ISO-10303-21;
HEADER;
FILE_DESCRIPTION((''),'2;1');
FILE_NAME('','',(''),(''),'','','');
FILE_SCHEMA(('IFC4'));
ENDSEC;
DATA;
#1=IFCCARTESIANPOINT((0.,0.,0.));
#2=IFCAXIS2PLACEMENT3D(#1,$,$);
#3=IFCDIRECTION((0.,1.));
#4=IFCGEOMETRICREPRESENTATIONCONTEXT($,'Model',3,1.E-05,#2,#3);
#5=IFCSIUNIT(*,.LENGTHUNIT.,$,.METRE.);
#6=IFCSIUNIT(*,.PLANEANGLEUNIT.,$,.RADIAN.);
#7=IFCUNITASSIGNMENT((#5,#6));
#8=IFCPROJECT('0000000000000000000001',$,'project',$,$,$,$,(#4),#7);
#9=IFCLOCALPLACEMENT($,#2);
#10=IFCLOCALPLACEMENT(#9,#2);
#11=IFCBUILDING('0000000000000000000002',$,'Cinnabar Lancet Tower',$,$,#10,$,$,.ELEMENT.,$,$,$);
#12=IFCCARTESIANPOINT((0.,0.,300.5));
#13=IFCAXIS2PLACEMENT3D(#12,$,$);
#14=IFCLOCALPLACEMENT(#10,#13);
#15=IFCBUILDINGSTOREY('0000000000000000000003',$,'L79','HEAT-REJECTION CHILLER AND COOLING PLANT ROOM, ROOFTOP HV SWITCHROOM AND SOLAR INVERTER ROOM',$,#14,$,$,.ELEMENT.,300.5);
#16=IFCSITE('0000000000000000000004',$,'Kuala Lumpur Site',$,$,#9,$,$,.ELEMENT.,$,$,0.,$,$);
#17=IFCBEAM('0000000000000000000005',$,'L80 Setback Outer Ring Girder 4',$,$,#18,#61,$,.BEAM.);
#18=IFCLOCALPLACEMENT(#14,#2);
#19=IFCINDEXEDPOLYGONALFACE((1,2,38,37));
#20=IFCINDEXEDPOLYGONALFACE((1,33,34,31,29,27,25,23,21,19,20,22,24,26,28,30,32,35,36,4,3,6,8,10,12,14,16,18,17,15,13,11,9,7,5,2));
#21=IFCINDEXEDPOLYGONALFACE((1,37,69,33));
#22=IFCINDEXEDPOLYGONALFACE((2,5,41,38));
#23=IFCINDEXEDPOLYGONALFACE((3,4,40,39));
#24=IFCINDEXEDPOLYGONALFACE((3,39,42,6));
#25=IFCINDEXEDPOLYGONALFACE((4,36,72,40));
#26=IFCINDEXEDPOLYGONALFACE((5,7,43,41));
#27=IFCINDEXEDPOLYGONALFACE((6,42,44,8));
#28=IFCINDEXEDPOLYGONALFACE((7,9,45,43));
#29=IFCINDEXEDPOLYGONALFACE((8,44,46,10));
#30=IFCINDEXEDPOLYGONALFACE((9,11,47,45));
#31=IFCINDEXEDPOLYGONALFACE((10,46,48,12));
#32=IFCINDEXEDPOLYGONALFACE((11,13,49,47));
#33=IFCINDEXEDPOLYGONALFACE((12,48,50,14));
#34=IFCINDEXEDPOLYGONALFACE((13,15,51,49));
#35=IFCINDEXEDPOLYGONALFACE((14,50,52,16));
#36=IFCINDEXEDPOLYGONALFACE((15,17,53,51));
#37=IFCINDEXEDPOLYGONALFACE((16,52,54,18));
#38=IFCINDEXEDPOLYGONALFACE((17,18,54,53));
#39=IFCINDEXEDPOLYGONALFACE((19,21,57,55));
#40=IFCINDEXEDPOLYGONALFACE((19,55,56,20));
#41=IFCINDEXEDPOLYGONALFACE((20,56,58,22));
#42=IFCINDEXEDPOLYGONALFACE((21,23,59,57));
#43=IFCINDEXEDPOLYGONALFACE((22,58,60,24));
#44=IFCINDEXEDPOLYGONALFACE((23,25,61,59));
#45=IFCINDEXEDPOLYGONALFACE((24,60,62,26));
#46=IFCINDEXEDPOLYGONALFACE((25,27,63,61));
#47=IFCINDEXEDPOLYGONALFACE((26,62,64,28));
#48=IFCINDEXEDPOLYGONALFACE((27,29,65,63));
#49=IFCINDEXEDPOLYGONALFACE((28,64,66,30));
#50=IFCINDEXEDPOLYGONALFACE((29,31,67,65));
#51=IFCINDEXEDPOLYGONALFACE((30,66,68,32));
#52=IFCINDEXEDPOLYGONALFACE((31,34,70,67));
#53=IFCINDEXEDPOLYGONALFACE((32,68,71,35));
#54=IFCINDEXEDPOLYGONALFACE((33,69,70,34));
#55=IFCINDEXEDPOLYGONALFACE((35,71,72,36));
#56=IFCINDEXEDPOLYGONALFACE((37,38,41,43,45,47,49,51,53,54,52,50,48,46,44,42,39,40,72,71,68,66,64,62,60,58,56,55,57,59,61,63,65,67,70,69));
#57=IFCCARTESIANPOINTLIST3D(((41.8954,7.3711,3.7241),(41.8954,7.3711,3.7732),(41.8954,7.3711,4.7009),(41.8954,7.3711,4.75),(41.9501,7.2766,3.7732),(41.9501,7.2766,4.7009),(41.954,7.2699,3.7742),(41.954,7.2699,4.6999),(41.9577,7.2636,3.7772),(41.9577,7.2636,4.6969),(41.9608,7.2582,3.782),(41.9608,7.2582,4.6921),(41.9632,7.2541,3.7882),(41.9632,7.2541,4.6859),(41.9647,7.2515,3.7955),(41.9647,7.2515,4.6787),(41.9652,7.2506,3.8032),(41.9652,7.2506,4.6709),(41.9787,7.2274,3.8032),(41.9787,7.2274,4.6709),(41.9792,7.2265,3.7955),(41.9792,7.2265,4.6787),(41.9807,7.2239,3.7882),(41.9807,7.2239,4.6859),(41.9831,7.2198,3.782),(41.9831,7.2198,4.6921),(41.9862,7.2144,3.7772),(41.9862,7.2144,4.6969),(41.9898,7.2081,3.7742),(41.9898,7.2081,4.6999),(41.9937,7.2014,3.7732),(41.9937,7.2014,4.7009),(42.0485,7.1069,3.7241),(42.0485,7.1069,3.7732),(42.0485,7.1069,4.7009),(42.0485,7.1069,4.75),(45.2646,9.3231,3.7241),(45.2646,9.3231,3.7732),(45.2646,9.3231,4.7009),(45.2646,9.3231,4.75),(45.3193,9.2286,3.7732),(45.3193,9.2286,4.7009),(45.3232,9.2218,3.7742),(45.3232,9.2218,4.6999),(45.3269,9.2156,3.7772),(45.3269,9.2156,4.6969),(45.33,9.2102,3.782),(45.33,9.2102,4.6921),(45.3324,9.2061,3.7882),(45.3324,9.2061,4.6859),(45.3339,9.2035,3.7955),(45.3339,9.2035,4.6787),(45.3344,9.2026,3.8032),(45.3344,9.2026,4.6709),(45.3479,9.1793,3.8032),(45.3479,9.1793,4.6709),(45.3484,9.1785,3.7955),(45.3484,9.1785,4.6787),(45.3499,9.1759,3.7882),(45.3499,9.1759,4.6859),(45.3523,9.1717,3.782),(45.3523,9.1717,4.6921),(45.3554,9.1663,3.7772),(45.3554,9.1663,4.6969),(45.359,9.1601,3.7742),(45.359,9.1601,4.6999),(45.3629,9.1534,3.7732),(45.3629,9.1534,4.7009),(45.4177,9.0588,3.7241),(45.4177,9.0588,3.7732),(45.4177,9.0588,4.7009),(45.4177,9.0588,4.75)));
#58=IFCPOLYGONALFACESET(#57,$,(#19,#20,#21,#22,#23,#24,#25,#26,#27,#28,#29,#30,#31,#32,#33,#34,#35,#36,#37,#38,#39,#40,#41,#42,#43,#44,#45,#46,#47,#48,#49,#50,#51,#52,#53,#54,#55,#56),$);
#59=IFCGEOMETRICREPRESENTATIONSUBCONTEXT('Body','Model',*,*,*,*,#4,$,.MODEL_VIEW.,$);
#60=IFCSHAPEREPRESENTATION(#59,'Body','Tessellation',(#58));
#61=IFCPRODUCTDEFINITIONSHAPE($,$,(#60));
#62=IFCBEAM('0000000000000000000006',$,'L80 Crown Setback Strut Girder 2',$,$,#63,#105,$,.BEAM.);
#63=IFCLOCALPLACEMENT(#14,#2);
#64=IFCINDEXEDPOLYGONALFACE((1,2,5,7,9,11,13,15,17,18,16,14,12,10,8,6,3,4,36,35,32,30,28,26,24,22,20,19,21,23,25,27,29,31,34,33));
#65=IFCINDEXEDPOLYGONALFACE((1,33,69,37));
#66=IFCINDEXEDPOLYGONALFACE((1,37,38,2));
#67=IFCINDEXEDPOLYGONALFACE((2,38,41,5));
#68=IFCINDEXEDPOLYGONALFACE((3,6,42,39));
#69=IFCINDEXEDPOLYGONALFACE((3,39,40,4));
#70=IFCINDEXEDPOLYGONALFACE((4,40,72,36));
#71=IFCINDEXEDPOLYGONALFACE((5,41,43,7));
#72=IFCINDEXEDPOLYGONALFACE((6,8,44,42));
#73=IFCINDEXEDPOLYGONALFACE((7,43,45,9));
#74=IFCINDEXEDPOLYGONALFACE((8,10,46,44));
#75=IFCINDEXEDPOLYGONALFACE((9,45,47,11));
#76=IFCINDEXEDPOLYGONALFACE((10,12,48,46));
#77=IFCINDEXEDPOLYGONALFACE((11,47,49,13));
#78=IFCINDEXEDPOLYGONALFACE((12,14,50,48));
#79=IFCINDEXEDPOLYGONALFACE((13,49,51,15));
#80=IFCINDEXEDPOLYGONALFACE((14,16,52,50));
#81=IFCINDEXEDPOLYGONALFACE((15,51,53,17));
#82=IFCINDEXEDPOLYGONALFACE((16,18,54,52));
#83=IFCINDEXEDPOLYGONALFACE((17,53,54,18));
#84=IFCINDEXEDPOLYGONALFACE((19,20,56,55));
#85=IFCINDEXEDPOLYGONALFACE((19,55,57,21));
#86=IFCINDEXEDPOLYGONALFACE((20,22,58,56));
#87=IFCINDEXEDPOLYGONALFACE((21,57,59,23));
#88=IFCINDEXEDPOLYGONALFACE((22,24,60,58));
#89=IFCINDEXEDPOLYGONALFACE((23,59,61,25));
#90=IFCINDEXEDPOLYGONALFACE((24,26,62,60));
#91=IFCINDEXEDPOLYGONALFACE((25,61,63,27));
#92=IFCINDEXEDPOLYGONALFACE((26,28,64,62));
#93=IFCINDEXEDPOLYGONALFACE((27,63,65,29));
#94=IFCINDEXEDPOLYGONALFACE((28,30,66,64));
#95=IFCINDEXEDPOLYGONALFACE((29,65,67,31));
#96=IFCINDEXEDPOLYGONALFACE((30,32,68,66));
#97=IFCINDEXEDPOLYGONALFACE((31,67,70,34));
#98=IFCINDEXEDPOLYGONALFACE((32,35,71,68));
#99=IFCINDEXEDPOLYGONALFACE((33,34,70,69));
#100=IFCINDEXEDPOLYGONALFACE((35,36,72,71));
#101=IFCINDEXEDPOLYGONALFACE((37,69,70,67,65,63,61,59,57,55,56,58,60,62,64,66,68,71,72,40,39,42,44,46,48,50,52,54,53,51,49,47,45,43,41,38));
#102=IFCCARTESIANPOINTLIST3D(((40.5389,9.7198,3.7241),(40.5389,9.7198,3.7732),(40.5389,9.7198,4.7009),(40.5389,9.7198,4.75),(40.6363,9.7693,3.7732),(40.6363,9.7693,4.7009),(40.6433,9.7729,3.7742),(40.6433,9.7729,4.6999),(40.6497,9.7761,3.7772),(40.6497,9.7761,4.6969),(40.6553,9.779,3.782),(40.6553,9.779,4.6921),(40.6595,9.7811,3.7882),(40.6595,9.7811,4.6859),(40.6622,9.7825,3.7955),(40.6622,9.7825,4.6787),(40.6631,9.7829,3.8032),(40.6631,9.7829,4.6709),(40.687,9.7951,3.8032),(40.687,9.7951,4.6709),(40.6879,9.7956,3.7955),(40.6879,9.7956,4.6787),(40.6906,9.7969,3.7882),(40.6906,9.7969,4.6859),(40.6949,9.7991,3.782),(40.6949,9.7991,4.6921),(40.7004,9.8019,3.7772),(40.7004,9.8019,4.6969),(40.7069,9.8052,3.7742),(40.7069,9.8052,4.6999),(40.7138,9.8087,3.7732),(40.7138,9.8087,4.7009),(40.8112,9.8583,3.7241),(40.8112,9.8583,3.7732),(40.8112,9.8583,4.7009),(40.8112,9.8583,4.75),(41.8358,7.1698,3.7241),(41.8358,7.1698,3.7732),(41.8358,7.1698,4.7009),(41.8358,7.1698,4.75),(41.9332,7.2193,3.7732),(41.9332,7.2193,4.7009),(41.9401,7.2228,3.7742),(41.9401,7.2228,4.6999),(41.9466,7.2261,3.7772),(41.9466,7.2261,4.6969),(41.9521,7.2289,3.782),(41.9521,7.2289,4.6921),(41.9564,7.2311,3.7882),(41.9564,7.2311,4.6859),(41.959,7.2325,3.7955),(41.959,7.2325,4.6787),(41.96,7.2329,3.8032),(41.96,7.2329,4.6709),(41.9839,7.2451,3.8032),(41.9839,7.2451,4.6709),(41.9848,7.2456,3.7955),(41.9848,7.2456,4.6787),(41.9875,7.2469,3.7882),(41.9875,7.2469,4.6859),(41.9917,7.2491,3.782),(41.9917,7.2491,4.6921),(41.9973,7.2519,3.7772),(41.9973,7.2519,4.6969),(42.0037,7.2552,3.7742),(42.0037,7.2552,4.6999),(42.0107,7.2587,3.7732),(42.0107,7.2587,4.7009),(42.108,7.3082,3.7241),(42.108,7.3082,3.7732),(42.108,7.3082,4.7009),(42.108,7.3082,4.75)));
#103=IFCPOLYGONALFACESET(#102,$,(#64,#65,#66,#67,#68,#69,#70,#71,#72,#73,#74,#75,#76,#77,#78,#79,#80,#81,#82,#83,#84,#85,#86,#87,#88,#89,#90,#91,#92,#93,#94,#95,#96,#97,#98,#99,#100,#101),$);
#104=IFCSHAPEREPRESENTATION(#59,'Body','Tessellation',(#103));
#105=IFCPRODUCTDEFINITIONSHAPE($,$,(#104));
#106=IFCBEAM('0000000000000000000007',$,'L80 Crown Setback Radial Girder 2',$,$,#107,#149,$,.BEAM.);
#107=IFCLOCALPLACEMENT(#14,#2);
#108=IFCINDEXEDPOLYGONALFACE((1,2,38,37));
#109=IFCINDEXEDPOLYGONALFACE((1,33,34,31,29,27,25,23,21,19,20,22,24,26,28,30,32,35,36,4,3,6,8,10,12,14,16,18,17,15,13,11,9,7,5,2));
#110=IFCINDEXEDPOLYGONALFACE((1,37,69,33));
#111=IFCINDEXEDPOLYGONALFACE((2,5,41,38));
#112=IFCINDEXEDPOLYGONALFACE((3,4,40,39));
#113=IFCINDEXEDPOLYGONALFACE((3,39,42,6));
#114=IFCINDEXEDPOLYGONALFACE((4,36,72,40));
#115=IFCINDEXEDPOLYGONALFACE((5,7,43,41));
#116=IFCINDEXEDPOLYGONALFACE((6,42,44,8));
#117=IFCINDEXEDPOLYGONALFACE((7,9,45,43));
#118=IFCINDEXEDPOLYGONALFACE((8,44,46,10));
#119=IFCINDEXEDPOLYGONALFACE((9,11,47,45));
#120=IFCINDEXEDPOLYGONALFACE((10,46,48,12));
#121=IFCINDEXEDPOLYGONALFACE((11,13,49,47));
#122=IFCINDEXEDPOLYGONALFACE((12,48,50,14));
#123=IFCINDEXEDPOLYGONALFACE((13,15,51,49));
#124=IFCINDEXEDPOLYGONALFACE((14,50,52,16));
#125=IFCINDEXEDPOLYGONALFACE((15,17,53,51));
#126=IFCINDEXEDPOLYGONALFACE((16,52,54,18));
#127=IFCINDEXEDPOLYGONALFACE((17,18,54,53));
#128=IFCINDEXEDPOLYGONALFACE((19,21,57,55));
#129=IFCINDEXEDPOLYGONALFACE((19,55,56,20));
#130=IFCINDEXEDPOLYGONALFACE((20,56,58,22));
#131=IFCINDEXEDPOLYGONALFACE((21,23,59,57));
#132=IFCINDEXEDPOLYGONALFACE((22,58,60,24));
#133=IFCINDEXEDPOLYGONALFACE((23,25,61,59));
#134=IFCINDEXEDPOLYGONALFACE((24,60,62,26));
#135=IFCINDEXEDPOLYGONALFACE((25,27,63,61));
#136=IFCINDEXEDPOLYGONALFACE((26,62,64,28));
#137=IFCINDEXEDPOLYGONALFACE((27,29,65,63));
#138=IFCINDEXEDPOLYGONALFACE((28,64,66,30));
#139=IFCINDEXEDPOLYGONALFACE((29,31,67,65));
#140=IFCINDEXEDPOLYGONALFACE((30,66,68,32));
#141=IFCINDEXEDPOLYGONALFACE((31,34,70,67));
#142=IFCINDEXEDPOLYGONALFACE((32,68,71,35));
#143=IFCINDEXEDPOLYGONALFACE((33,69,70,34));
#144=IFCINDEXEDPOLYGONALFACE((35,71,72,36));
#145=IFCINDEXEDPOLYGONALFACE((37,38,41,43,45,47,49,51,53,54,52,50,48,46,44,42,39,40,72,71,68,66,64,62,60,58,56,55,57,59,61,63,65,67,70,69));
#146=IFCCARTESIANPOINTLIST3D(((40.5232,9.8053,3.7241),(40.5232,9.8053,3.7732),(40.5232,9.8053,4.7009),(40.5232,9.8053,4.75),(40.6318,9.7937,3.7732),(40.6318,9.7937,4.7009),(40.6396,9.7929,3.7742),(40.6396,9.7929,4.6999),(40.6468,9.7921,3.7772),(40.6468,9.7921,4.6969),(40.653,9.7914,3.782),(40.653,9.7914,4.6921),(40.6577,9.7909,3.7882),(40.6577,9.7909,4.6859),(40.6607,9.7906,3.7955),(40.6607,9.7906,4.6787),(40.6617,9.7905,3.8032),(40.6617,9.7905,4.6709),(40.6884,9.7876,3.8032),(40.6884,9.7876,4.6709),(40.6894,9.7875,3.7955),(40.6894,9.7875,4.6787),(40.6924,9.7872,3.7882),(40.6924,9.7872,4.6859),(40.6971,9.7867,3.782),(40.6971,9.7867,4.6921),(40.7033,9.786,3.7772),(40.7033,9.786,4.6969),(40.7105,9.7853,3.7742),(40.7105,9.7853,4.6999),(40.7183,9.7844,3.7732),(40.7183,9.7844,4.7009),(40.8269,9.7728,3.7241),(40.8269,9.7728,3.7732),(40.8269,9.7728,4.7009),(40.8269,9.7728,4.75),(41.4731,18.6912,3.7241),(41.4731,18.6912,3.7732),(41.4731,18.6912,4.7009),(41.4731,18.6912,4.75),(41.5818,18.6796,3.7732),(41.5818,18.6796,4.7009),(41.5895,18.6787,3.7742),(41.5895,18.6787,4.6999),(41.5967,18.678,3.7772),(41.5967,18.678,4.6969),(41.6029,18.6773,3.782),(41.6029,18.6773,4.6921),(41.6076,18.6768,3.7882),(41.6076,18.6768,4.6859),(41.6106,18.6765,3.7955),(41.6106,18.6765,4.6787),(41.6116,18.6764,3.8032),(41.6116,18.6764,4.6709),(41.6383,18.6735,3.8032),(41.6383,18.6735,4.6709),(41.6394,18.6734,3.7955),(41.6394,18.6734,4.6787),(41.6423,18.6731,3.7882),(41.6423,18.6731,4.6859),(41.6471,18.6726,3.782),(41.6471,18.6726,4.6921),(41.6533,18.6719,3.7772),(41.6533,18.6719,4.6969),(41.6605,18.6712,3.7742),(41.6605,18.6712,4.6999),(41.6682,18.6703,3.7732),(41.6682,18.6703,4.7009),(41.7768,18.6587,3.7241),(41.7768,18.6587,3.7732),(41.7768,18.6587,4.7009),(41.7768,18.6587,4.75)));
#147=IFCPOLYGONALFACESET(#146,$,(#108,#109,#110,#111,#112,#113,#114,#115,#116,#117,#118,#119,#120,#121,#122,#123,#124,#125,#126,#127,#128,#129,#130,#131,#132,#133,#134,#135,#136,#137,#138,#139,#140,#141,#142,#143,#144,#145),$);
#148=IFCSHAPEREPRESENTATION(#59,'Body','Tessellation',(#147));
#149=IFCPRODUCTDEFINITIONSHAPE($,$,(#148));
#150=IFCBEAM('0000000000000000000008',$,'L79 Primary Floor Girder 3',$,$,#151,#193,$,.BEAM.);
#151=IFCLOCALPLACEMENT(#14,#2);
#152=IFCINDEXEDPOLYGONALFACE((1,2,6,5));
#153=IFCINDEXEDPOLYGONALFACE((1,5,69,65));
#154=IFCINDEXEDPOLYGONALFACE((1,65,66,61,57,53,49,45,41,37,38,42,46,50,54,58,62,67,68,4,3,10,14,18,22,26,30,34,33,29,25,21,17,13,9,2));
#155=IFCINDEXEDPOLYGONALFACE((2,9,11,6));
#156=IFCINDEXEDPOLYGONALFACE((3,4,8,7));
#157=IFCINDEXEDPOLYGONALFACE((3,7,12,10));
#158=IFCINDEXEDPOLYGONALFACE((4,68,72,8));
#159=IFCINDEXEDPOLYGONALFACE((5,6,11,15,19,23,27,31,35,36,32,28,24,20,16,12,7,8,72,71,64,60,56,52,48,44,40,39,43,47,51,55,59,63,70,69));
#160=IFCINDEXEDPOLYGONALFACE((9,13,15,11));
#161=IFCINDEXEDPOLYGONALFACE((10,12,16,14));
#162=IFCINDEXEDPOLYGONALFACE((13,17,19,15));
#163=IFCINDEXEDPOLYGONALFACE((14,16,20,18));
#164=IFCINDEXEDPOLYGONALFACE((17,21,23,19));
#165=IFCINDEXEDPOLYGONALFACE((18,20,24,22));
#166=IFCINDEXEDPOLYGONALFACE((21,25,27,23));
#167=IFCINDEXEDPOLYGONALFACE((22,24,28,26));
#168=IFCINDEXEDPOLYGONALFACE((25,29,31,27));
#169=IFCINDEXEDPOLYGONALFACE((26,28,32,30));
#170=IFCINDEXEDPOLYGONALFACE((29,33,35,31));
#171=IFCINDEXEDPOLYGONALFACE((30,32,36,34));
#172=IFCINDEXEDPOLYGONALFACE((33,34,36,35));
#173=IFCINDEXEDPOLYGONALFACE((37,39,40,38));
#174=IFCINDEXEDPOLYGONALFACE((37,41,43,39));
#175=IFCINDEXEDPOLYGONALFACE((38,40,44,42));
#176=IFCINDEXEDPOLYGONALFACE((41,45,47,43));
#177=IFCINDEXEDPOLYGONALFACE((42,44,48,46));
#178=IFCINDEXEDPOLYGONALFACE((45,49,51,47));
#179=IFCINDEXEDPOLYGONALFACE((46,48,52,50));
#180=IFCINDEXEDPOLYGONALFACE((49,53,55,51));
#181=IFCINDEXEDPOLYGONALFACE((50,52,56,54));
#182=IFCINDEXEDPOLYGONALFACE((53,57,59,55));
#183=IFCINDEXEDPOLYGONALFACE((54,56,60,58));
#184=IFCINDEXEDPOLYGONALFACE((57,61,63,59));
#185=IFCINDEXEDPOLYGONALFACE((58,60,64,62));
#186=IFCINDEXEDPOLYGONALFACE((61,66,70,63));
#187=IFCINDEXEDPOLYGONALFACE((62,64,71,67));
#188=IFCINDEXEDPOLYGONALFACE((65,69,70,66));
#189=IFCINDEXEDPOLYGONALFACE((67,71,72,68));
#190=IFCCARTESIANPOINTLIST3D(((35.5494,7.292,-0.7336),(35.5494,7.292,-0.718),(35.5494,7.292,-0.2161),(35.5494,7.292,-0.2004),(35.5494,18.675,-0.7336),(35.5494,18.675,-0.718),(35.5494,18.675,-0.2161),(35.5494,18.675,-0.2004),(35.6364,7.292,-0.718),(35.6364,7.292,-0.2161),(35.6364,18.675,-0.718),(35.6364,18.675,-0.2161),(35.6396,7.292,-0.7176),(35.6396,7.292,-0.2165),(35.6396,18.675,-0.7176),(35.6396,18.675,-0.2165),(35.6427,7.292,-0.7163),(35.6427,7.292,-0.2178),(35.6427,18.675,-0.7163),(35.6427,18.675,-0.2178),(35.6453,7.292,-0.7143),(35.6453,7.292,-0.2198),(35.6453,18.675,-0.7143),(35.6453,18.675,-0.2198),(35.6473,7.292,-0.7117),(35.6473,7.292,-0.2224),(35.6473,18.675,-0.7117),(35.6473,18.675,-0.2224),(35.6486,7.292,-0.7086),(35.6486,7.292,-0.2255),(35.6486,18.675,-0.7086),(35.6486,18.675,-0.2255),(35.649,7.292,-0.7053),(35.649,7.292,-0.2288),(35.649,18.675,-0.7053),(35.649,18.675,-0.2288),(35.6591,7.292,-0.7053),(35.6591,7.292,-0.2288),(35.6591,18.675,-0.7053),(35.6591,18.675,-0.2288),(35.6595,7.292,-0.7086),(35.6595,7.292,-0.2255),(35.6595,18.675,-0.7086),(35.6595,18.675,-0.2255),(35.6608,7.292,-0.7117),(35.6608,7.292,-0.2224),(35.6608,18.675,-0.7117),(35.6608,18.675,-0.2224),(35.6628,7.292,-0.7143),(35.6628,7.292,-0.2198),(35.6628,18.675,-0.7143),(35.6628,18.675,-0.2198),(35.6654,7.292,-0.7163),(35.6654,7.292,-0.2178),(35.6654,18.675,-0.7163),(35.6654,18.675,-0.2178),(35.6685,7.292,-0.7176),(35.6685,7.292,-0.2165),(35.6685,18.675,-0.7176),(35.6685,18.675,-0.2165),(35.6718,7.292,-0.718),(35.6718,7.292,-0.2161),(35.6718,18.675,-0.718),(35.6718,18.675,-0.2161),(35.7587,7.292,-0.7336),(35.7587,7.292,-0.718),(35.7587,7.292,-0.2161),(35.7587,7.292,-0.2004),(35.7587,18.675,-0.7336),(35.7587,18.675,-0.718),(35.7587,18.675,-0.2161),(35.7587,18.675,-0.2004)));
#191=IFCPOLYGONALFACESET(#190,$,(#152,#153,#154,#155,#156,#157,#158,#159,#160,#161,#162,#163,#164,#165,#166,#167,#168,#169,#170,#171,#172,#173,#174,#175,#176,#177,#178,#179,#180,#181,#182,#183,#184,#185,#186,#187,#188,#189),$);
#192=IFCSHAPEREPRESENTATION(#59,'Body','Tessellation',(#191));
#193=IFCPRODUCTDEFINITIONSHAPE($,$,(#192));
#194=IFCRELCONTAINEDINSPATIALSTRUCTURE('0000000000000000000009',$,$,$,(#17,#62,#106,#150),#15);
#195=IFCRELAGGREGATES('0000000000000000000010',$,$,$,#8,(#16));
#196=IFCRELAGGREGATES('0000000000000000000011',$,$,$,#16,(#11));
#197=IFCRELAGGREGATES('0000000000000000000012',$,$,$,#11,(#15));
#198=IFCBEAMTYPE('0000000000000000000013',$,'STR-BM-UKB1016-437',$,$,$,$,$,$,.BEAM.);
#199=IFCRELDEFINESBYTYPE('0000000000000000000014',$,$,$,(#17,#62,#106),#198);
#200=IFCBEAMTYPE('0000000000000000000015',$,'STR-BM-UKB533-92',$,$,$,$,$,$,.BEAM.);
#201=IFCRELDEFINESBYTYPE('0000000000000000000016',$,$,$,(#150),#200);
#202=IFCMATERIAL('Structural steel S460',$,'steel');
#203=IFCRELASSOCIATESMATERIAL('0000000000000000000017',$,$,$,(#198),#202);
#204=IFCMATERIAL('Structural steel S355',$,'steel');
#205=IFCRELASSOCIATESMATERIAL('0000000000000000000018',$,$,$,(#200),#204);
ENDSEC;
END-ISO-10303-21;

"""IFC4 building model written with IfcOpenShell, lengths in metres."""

from ifc_helpers import new_model, si_unit, direction, frame, origin, origin_2d, place, context, subcontext, project, spatial, i_section, extrude, material, material_profile, profile_set, type_object, element, save


model = new_model("IFC4")

# Units and contexts
model_context = context("Model", 3, precision=1e-05, world=origin(), true_north=direction((0.0, 1.0)))
body_context = subcontext(model_context, "Body", "Model", "MODEL_VIEW")
ifc_project = project(units=[si_unit("LENGTHUNIT", "METRE"), si_unit("PLANEANGLEUNIT", "RADIAN")], contexts=[model_context])

# Site, building, storey
site_placement = place(None, origin())
site = spatial("IfcSite", under=ifc_project, at=site_placement, Name="Kuala Lumpur Site", CompositionType="ELEMENT", RefElevation=0.0)
building_placement = place(site_placement, origin())
building = spatial("IfcBuilding", under=site, at=building_placement, Name="Cinnabar Lancet Tower", CompositionType="ELEMENT")
storey_placement = place(building_placement, frame((0.0, 0.0, 300.5)))
storey = spatial("IfcBuildingStorey", under=building, at=storey_placement, Name="L79", Description="HEAT-REJECTION CHILLER AND COOLING PLANT ROOM, ROOFTOP HV SWITCHROOM AND SOLAR INVERTER ROOM", CompositionType="ELEMENT", Elevation=300.5)

# Beams
ifc_material_1 = material(Name="Structural steel S460", Category="steel")
ifc_material_profile_1 = material_profile(ifc_material_1, i_section(OverallWidth=0.3054, OverallDepth=1.0259, WebThickness=0.0269, FlangeThickness=0.0491, FilletRadius=0.03, at=origin_2d()), Name="UKB 1016x305x437")
ifc_profile_set_1 = profile_set([ifc_material_profile_1], Name="Structural steel S460")
beam_type_1 = type_object("IfcBeamType", Name="STR-BM-UKB1016-437", PredefinedType="BEAM", material=ifc_profile_set_1)
beam_1_placement = place(storey_placement, frame((41.9719, 7.239, 4.2371), z_axis=(0.865276, 0.501296, 0.0), x_axis=(-0.501296, 0.865276, 0.0)))
element("IfcBeam", 1, at=beam_1_placement, inside=storey, type_object=beam_type_1, Name="L80 Setback Outer Ring Girder 4", PredefinedType="BEAM", context=body_context, shape_type="SweptSolid", body=[
    extrude(i_section(OverallWidth=0.3054, OverallDepth=1.0259, WebThickness=0.0269, FlangeThickness=0.0491, FilletRadius=0.03, at=origin_2d()), origin(), (0.0, 0.0, 1.0), 3.8938),
])
beam_2_placement = place(storey_placement, frame((41.9719, 7.239, 4.2371), z_axis=(-0.453313, 0.891351, 0.0), x_axis=(-0.891351, -0.453313, 0.0)))
element("IfcBeam", 2, at=beam_2_placement, inside=storey, type_object=beam_type_1, Name="L80 Crown Setback Strut Girder 2", PredefinedType="BEAM", context=body_context, shape_type="SweptSolid", body=[
    extrude(i_section(OverallWidth=0.3054, OverallDepth=1.0259, WebThickness=0.0269, FlangeThickness=0.0491, FilletRadius=0.03, at=origin_2d()), origin(), (0.0, 0.0, 1.0), 2.8608),
])
beam_3_placement = place(storey_placement, frame((40.675, 9.7891, 4.2371), z_axis=(0.106299, 0.994334, 0.0), x_axis=(-0.994334, 0.106299, 0.0)))
element("IfcBeam", 3, at=beam_3_placement, inside=storey, type_object=beam_type_1, Name="L80 Crown Setback Radial Girder 2", PredefinedType="BEAM", context=body_context, shape_type="SweptSolid", body=[
    extrude(i_section(OverallWidth=0.3054, OverallDepth=1.0259, WebThickness=0.0269, FlangeThickness=0.0491, FilletRadius=0.03, at=origin_2d()), origin(), (0.0, 0.0, 1.0), 8.9365),
])
ifc_material_2 = material(Name="Structural steel S355", Category="steel")
ifc_material_profile_2 = material_profile(ifc_material_2, i_section(OverallWidth=0.2092, OverallDepth=0.5332, WebThickness=0.01, FlangeThickness=0.0156, FilletRadius=0.0127, at=origin_2d()), Name="UKB 533x210x92")
ifc_profile_set_2 = profile_set([ifc_material_profile_2], Name="Structural steel S355")
beam_type_2 = type_object("IfcBeamType", Name="STR-BM-UKB533-92", PredefinedType="BEAM", material=ifc_profile_set_2)
beam_4_placement = place(storey_placement, frame((35.6541, 7.292, -0.467), z_axis=(0.0, 1.0, 0.0), x_axis=(-1.0, 0.0, 0.0)))
element("IfcBeam", 4, at=beam_4_placement, inside=storey, type_object=beam_type_2, Name="L79 Primary Floor Girder 3", PredefinedType="BEAM", context=body_context, shape_type="SweptSolid", body=[
    extrude(i_section(OverallWidth=0.2092, OverallDepth=0.5332, WebThickness=0.01, FlangeThickness=0.0156, FilletRadius=0.0127, at=origin_2d()), origin(), (0.0, 0.0, 1.0), 11.3831),
])

save(model, "model.ifc")
